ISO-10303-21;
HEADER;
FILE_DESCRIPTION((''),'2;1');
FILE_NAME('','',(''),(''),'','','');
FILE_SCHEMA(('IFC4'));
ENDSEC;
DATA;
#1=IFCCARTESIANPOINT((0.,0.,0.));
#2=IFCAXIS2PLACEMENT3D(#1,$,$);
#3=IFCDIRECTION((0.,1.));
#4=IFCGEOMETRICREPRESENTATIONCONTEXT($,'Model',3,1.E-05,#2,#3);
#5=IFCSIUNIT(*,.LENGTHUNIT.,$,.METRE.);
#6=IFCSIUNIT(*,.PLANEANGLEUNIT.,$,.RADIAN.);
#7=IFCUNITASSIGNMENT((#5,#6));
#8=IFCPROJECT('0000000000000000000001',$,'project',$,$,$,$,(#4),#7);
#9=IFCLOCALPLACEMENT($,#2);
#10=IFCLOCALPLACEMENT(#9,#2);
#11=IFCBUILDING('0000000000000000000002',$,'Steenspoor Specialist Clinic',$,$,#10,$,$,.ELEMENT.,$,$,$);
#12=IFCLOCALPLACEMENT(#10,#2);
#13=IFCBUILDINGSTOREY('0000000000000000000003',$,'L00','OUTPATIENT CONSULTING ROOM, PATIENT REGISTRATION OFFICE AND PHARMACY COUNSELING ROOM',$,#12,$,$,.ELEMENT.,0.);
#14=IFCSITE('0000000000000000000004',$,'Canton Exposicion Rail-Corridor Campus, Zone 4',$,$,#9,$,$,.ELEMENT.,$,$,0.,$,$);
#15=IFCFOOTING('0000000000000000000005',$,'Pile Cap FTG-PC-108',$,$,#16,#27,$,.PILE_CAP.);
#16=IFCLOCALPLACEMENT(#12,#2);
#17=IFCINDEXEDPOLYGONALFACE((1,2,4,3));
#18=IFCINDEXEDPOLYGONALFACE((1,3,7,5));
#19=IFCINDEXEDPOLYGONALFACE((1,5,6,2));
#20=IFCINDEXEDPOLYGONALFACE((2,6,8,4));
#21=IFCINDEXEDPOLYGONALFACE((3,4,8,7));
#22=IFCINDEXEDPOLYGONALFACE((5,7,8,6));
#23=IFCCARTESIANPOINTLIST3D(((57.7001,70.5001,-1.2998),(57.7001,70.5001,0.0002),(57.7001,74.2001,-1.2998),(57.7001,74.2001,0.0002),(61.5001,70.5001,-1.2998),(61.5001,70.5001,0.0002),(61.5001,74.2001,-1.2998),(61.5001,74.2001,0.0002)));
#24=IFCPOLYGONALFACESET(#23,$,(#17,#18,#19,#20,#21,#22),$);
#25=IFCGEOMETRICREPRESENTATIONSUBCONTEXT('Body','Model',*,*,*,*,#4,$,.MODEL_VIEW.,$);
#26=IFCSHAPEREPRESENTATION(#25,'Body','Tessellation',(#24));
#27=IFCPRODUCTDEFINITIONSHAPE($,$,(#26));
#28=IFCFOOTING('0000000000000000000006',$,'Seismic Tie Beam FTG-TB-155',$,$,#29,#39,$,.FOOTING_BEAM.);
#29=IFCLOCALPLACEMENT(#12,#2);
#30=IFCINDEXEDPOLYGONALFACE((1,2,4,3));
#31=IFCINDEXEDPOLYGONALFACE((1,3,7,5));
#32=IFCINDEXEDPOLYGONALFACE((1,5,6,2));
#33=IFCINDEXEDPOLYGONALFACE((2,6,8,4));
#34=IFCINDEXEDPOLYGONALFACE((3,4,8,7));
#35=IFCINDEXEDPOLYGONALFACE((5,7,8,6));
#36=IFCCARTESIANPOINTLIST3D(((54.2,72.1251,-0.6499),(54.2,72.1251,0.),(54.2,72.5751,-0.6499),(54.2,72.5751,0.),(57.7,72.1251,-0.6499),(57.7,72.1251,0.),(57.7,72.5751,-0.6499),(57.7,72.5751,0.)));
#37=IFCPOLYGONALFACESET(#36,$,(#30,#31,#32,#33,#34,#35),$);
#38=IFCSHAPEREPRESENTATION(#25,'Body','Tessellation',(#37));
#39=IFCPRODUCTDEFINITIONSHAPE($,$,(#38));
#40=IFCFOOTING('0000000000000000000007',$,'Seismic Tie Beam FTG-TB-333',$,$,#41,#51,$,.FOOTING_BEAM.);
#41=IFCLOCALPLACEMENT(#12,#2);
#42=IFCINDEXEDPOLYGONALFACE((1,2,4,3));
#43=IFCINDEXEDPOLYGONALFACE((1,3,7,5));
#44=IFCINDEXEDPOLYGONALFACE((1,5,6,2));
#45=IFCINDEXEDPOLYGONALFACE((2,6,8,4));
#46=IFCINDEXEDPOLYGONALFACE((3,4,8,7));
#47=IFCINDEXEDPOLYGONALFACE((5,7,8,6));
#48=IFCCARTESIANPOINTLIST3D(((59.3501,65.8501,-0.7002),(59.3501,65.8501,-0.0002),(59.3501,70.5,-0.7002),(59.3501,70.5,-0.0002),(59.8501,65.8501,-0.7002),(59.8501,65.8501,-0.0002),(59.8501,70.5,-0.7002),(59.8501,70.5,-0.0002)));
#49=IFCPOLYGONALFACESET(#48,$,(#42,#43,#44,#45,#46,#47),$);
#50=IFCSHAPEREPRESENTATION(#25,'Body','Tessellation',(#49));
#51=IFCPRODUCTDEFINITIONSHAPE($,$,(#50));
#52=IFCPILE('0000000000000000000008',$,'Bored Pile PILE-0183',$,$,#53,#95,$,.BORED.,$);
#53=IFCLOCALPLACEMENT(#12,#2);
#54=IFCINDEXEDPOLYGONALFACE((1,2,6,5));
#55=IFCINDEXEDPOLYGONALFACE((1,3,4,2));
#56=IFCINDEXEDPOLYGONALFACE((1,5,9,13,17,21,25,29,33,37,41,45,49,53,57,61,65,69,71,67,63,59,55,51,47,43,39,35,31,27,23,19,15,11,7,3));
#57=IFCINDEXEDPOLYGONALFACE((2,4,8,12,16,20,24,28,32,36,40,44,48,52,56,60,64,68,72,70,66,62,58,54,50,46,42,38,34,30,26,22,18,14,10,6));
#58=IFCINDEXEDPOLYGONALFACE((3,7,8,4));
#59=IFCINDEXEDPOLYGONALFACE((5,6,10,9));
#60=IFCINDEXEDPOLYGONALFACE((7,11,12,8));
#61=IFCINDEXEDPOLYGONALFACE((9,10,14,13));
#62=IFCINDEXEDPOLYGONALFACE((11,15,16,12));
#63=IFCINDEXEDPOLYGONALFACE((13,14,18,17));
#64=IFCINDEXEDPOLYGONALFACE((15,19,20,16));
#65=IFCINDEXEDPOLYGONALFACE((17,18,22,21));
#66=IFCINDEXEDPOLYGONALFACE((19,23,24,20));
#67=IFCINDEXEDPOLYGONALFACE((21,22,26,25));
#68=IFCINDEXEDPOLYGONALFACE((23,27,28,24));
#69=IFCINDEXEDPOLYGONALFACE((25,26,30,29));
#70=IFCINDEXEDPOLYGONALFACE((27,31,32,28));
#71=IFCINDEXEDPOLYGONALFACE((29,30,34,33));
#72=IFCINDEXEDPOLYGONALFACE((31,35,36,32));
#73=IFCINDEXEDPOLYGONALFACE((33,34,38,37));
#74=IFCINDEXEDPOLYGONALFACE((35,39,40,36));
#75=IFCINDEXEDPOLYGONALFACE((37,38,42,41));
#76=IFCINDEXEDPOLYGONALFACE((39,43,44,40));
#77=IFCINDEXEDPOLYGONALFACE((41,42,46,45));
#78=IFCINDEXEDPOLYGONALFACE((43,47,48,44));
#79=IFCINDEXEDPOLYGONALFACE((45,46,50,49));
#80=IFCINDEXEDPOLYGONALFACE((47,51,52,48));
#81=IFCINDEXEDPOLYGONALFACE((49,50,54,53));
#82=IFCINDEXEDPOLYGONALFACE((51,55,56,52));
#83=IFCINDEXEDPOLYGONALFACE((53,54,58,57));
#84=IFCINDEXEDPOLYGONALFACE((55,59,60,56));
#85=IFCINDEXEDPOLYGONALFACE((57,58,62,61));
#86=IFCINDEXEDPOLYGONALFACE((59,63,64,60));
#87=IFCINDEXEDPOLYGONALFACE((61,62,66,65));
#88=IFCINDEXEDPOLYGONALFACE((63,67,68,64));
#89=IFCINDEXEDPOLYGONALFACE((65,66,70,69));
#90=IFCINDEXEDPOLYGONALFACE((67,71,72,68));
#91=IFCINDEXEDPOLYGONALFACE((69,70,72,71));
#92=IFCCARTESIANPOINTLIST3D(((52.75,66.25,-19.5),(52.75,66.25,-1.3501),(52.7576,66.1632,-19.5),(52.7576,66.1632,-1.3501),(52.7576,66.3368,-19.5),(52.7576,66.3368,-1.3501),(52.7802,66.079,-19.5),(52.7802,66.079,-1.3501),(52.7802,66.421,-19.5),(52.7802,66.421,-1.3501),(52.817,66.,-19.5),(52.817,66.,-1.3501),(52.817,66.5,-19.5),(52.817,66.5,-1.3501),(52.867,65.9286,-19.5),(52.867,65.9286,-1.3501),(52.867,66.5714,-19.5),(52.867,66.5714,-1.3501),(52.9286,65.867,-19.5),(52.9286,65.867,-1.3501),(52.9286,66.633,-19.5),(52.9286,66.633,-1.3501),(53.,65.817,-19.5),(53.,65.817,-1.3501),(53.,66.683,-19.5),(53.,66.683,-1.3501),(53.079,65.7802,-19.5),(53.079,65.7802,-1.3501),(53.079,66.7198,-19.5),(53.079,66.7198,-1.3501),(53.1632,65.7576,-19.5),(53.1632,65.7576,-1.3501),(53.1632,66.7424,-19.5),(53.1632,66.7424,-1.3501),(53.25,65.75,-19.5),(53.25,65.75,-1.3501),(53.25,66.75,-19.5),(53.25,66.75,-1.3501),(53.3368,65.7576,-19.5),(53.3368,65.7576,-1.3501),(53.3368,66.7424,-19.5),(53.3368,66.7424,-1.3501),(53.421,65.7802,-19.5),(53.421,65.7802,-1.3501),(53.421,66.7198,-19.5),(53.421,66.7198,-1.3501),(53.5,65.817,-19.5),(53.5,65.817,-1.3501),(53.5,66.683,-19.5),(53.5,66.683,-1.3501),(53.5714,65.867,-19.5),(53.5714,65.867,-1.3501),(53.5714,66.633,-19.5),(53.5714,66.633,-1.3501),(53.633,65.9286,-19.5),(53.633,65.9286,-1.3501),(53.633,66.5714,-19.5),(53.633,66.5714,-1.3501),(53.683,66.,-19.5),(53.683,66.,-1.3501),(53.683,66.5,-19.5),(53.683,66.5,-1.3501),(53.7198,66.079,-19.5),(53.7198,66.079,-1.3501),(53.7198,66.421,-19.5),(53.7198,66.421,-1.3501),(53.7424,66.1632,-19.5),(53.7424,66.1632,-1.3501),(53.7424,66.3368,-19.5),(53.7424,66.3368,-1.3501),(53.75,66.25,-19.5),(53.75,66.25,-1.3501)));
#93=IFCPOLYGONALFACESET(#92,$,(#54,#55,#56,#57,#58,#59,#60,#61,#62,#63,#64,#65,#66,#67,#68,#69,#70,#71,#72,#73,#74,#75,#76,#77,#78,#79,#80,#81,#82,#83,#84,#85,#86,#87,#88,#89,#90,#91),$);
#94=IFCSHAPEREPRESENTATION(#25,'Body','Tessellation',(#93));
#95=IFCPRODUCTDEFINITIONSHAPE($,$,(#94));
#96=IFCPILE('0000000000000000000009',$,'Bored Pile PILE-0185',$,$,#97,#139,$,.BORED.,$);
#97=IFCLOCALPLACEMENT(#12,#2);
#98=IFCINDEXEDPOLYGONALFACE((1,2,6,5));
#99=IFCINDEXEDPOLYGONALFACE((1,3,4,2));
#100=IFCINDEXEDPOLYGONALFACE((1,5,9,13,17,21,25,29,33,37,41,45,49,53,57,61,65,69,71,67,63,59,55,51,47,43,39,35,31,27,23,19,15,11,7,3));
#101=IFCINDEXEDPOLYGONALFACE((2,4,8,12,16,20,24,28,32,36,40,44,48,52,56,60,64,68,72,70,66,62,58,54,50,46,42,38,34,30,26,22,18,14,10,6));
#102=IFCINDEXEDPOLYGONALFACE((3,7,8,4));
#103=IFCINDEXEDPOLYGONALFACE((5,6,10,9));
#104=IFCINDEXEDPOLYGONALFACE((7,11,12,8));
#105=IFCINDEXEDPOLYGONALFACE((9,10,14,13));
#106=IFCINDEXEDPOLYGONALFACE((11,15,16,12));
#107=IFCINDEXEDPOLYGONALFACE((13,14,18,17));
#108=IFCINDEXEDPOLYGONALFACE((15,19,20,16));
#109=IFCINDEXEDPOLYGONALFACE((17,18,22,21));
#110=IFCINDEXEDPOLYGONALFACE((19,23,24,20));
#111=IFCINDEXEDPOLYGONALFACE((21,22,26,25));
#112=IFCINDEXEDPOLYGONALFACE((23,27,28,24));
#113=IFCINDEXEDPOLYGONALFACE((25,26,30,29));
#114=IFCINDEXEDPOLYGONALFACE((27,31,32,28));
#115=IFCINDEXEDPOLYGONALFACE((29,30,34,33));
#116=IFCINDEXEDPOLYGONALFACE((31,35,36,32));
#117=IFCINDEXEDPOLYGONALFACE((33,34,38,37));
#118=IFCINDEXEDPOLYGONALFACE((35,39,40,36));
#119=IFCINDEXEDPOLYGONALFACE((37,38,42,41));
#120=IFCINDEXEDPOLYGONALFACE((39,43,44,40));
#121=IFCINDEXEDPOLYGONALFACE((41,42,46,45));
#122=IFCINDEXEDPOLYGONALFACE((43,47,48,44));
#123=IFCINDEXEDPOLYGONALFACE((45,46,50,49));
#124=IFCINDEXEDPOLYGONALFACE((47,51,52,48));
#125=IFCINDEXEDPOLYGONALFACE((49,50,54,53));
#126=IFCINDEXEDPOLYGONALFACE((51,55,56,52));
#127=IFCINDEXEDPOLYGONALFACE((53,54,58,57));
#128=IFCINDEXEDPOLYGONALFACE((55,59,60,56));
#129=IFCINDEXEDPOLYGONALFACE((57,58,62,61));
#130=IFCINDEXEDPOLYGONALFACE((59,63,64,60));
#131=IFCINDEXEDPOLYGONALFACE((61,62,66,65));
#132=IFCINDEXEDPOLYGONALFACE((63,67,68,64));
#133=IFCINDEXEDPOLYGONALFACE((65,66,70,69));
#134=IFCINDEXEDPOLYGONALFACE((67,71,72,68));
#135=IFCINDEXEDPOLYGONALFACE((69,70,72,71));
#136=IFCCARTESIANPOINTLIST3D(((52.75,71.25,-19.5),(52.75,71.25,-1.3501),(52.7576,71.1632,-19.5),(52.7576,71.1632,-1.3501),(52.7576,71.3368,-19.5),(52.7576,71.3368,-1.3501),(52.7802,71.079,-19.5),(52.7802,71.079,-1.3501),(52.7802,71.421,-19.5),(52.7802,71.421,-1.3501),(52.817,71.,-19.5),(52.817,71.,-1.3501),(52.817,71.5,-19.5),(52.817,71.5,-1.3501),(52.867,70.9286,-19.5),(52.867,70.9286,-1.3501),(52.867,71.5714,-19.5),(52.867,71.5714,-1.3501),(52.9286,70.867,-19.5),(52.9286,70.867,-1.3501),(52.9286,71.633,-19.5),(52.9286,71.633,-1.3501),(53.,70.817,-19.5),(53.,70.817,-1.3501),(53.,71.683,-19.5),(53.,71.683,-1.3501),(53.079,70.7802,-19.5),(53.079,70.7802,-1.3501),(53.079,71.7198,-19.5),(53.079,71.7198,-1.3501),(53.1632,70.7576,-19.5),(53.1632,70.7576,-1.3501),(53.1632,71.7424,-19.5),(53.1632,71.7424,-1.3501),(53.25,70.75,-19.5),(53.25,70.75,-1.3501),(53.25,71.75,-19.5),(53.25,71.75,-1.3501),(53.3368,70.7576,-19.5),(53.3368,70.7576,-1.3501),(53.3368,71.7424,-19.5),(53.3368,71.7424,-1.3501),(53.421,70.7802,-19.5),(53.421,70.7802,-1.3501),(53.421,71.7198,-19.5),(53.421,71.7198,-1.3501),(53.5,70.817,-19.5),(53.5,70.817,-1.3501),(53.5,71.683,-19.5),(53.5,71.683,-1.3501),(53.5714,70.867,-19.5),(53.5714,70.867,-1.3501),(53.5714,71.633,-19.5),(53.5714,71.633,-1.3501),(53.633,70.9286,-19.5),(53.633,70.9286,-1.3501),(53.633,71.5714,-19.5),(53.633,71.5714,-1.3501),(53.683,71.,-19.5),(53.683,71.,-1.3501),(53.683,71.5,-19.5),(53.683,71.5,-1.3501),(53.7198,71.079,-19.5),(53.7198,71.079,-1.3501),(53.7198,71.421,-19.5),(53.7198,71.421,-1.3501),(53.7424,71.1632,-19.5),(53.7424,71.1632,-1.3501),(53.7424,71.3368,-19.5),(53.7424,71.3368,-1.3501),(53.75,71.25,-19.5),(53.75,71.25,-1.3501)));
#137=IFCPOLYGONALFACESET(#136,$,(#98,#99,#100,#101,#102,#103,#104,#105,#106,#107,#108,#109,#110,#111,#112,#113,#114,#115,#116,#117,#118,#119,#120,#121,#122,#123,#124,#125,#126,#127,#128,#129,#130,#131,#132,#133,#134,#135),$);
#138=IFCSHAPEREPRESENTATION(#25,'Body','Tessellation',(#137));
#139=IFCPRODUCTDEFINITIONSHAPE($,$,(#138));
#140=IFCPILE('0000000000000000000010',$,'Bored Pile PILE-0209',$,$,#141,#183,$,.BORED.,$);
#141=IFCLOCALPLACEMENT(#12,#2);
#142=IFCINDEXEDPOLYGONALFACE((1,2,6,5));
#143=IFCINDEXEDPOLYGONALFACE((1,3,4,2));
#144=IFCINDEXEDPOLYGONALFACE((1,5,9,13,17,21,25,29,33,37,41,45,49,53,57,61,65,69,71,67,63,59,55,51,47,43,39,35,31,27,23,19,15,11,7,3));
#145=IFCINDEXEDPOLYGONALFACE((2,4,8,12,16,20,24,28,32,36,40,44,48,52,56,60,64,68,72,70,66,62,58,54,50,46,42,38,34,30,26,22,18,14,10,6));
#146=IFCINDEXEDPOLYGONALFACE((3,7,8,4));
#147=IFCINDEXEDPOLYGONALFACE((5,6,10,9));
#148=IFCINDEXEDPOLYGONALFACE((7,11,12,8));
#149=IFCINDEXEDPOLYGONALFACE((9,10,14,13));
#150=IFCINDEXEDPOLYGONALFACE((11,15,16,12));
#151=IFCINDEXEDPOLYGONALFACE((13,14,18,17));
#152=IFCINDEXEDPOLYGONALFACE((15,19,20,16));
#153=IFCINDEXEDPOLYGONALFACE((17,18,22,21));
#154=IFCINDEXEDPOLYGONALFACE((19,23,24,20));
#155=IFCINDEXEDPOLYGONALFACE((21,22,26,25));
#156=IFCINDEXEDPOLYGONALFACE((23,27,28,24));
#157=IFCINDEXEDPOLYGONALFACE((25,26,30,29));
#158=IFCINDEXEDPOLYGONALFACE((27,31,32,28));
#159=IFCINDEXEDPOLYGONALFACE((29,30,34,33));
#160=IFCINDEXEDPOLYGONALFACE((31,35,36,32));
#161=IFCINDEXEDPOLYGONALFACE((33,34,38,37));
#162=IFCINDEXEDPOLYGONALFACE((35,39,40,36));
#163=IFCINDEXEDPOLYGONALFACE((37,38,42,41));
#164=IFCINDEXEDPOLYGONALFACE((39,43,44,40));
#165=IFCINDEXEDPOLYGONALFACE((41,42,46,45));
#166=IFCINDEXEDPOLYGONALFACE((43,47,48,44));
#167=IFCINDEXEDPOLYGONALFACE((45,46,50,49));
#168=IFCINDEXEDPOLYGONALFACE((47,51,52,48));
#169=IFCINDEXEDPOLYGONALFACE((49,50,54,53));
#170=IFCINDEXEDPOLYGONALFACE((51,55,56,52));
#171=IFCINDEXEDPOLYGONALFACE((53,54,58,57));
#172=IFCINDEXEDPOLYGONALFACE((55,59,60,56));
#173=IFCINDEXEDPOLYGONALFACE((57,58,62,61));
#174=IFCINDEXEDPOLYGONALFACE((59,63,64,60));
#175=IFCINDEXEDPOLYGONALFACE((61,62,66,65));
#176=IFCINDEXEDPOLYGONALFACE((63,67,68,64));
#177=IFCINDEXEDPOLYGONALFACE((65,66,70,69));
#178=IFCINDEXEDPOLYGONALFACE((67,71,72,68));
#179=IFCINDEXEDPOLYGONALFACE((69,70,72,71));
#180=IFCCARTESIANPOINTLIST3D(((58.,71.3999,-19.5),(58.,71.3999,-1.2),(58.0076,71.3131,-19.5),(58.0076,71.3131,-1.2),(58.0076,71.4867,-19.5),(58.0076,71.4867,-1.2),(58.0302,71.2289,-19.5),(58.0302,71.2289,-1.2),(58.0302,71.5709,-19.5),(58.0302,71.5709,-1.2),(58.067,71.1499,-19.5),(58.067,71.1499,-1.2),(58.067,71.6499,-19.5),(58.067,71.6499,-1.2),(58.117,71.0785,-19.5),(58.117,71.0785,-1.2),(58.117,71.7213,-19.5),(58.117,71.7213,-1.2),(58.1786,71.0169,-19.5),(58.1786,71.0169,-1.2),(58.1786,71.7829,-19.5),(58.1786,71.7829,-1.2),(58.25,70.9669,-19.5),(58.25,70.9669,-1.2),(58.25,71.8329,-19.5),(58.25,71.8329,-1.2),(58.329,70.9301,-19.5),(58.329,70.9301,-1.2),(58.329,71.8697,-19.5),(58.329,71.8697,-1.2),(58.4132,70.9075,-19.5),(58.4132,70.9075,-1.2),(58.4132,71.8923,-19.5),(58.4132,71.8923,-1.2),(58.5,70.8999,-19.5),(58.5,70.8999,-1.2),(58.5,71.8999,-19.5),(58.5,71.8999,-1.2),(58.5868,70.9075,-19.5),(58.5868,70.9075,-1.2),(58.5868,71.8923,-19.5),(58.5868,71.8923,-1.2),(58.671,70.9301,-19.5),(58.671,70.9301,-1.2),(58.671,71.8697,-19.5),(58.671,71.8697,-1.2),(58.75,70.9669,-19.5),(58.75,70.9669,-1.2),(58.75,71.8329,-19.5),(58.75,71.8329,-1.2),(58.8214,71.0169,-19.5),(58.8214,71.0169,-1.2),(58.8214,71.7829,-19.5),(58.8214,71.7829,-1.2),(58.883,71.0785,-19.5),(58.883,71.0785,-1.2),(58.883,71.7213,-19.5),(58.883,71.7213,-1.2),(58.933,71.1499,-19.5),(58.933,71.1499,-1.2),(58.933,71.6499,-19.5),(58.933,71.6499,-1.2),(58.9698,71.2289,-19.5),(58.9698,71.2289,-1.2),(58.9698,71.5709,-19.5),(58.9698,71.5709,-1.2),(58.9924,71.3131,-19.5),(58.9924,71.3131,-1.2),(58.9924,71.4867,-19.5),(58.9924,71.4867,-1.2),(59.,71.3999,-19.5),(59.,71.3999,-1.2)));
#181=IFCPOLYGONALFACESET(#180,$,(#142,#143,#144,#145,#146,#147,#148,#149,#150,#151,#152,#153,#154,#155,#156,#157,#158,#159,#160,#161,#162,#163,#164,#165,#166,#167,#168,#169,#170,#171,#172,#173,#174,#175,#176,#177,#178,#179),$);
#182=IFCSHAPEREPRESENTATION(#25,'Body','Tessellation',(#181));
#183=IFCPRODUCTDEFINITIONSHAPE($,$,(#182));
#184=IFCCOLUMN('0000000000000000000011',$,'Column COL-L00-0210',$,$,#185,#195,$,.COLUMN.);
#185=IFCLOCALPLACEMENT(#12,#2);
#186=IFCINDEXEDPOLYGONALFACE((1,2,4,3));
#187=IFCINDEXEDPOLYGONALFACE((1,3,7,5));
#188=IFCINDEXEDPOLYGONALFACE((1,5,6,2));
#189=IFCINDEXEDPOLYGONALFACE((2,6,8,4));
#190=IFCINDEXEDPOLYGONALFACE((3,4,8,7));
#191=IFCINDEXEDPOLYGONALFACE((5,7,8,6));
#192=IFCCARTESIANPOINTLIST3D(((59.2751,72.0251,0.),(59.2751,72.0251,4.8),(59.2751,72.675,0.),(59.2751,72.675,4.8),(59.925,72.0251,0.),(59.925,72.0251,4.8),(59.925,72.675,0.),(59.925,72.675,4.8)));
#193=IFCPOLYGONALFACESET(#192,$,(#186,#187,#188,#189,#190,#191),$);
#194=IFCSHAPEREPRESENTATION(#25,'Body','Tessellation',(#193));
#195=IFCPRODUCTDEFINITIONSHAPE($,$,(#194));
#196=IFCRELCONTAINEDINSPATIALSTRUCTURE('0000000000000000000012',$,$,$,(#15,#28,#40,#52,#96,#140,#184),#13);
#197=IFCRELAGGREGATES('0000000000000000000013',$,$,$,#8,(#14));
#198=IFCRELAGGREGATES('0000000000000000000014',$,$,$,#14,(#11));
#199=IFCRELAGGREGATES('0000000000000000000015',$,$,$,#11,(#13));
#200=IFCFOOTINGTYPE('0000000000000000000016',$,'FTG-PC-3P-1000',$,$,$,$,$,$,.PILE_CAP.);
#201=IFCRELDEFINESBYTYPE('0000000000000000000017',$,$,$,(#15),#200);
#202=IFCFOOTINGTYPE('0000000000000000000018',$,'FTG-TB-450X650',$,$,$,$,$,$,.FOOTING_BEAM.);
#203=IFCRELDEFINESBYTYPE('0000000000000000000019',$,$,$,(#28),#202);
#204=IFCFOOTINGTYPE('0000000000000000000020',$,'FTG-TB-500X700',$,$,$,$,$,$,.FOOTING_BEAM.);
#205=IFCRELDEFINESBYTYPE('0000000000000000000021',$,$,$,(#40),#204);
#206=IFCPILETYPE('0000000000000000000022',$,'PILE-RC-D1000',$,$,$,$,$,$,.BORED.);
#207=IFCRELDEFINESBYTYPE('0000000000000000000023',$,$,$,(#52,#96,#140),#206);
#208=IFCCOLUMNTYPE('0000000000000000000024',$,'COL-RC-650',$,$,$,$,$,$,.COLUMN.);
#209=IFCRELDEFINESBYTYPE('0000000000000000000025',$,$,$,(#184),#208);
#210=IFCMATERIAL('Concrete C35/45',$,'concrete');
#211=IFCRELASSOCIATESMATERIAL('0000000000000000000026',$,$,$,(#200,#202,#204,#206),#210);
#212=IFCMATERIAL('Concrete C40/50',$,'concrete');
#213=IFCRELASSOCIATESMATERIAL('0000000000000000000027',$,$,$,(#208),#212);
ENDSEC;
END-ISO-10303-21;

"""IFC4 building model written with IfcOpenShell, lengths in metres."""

from ifc_helpers import new_model, si_unit, direction, frame, origin, origin_2d, place, context, subcontext, project, spatial, rectangle, circle, extrude, material, material_profile, profile_set, type_object, element, save


model = new_model("IFC4")

# Units and contexts
model_context = context("Model", 3, precision=1e-05, world=origin(), true_north=direction((0.0, 1.0)))
body_context = subcontext(model_context, "Body", "Model", "MODEL_VIEW")
ifc_project = project(units=[si_unit("LENGTHUNIT", "METRE"), si_unit("PLANEANGLEUNIT", "RADIAN")], contexts=[model_context])

# Site, building, storey
site_placement = place(None, origin())
site = spatial("IfcSite", under=ifc_project, at=site_placement, Name="Canton Exposicion Rail-Corridor Campus, Zone 4", CompositionType="ELEMENT", RefElevation=0.0)
building_placement = place(site_placement, origin())
building = spatial("IfcBuilding", under=site, at=building_placement, Name="Steenspoor Specialist Clinic", CompositionType="ELEMENT")
storey_placement = place(building_placement, origin())
storey = spatial("IfcBuildingStorey", under=building, at=storey_placement, Name="L00", Description="OUTPATIENT CONSULTING ROOM, PATIENT REGISTRATION OFFICE AND PHARMACY COUNSELING ROOM", CompositionType="ELEMENT", Elevation=0.0)

# Footings
ifc_material_1 = material(Name="Concrete C35/45", Category="concrete")
footing_type_1 = type_object("IfcFootingType", Name="FTG-PC-3P-1000", PredefinedType="PILE_CAP", material=ifc_material_1)
footing_1_placement = place(storey_placement, frame((59.6001, 72.3501, -1.2998), z_axis=(0.0, 0.0, 1.0), x_axis=(1.0, 0.0, 0.0)))
element("IfcFooting", 1, at=footing_1_placement, inside=storey, type_object=footing_type_1, Name="Pile Cap FTG-PC-108", PredefinedType="PILE_CAP", context=body_context, shape_type="SweptSolid", body=[
    extrude(rectangle(XDim=3.8, YDim=3.7, at=origin_2d()), origin(), (0.0, 0.0, 1.0), 1.3),
])
footing_type_2 = type_object("IfcFootingType", Name="FTG-TB-450X650", PredefinedType="FOOTING_BEAM", material=ifc_material_1)
footing_2_placement = place(storey_placement, frame((55.95, 72.3501, -0.6499), z_axis=(0.0, 0.0, 1.0), x_axis=(1.0, 0.0, 0.0)))
element("IfcFooting", 2, at=footing_2_placement, inside=storey, type_object=footing_type_2, Name="Seismic Tie Beam FTG-TB-155", PredefinedType="FOOTING_BEAM", context=body_context, shape_type="SweptSolid", body=[
    extrude(rectangle(XDim=3.5, YDim=0.45, at=origin_2d()), origin(), (0.0, 0.0, 1.0), 0.6499),
])
footing_type_3 = type_object("IfcFootingType", Name="FTG-TB-500X700", PredefinedType="FOOTING_BEAM", material=ifc_material_1)
footing_3_placement = place(storey_placement, frame((59.6001, 68.175, -0.7002), z_axis=(0.0, 0.0, 1.0), x_axis=(1.0, 0.0, 0.0)))
element("IfcFooting", 3, at=footing_3_placement, inside=storey, type_object=footing_type_3, Name="Seismic Tie Beam FTG-TB-333", PredefinedType="FOOTING_BEAM", context=body_context, shape_type="SweptSolid", body=[
    extrude(rectangle(XDim=0.5, YDim=4.6499, at=origin_2d()), origin(), (0.0, 0.0, 1.0), 0.7),
])

# Piles
ifc_material_profile_1 = material_profile(ifc_material_1, circle(Radius=0.5, at=origin_2d()), Name="PILE-D1000")
ifc_profile_set_1 = profile_set([ifc_material_profile_1], Name="Concrete C35/45")
pile_type = type_object("IfcPileType", Name="PILE-RC-D1000", PredefinedType="BORED", material=ifc_profile_set_1)
for number, where, z_axis, x_axis, name in (
    (4, (53.25, 66.25, -1.3501), (0.0, 0.0, -1.0), (1.0, 0.0, 0.0), "Bored Pile PILE-0183"),
    (5, (53.25, 71.25, -1.3501), (0.0, 0.0, -1.0), (1.0, 0.0, 0.0), "Bored Pile PILE-0185"),
):
    element("IfcPile", number, at=place(storey_placement, frame(where, z_axis=z_axis, x_axis=x_axis)), inside=storey, type_object=pile_type, Name=name, PredefinedType="BORED", context=body_context, shape_type="SweptSolid", body=[
        extrude(circle(Radius=0.5, at=origin_2d()), origin(), (0.0, 0.0, 1.0), 18.1499),
    ])
pile_placement = place(storey_placement, frame((58.5, 71.3999, -1.2), z_axis=(0.0, 0.0, -1.0), x_axis=(1.0, 0.0, 0.0)))
element("IfcPile", 6, at=pile_placement, inside=storey, type_object=pile_type, Name="Bored Pile PILE-0209", PredefinedType="BORED", context=body_context, shape_type="SweptSolid", body=[
    extrude(circle(Radius=0.5, at=origin_2d()), origin(), (0.0, 0.0, 1.0), 18.3),
])

# Column
ifc_material_2 = material(Name="Concrete C40/50", Category="concrete")
ifc_material_profile_2 = material_profile(ifc_material_2, rectangle(XDim=0.6499, YDim=0.6499, at=origin_2d()), Name="RC-COL-650X650")
ifc_profile_set_2 = profile_set([ifc_material_profile_2], Name="Concrete C40/50")
column_type = type_object("IfcColumnType", Name="COL-RC-650", PredefinedType="COLUMN", material=ifc_profile_set_2)
column_placement = place(storey_placement, frame((59.6001, 72.3501, 0.0), z_axis=(0.0, 0.0, 1.0), x_axis=(1.0, 0.0, 0.0)))
element("IfcColumn", 7, at=column_placement, inside=storey, type_object=column_type, Name="Column COL-L00-0210", PredefinedType="COLUMN", context=body_context, shape_type="SweptSolid", body=[
    extrude(rectangle(XDim=0.6499, YDim=0.6499, at=origin_2d()), origin(), (0.0, 0.0, 1.0), 4.8),
])

save(model, "model.ifc")
